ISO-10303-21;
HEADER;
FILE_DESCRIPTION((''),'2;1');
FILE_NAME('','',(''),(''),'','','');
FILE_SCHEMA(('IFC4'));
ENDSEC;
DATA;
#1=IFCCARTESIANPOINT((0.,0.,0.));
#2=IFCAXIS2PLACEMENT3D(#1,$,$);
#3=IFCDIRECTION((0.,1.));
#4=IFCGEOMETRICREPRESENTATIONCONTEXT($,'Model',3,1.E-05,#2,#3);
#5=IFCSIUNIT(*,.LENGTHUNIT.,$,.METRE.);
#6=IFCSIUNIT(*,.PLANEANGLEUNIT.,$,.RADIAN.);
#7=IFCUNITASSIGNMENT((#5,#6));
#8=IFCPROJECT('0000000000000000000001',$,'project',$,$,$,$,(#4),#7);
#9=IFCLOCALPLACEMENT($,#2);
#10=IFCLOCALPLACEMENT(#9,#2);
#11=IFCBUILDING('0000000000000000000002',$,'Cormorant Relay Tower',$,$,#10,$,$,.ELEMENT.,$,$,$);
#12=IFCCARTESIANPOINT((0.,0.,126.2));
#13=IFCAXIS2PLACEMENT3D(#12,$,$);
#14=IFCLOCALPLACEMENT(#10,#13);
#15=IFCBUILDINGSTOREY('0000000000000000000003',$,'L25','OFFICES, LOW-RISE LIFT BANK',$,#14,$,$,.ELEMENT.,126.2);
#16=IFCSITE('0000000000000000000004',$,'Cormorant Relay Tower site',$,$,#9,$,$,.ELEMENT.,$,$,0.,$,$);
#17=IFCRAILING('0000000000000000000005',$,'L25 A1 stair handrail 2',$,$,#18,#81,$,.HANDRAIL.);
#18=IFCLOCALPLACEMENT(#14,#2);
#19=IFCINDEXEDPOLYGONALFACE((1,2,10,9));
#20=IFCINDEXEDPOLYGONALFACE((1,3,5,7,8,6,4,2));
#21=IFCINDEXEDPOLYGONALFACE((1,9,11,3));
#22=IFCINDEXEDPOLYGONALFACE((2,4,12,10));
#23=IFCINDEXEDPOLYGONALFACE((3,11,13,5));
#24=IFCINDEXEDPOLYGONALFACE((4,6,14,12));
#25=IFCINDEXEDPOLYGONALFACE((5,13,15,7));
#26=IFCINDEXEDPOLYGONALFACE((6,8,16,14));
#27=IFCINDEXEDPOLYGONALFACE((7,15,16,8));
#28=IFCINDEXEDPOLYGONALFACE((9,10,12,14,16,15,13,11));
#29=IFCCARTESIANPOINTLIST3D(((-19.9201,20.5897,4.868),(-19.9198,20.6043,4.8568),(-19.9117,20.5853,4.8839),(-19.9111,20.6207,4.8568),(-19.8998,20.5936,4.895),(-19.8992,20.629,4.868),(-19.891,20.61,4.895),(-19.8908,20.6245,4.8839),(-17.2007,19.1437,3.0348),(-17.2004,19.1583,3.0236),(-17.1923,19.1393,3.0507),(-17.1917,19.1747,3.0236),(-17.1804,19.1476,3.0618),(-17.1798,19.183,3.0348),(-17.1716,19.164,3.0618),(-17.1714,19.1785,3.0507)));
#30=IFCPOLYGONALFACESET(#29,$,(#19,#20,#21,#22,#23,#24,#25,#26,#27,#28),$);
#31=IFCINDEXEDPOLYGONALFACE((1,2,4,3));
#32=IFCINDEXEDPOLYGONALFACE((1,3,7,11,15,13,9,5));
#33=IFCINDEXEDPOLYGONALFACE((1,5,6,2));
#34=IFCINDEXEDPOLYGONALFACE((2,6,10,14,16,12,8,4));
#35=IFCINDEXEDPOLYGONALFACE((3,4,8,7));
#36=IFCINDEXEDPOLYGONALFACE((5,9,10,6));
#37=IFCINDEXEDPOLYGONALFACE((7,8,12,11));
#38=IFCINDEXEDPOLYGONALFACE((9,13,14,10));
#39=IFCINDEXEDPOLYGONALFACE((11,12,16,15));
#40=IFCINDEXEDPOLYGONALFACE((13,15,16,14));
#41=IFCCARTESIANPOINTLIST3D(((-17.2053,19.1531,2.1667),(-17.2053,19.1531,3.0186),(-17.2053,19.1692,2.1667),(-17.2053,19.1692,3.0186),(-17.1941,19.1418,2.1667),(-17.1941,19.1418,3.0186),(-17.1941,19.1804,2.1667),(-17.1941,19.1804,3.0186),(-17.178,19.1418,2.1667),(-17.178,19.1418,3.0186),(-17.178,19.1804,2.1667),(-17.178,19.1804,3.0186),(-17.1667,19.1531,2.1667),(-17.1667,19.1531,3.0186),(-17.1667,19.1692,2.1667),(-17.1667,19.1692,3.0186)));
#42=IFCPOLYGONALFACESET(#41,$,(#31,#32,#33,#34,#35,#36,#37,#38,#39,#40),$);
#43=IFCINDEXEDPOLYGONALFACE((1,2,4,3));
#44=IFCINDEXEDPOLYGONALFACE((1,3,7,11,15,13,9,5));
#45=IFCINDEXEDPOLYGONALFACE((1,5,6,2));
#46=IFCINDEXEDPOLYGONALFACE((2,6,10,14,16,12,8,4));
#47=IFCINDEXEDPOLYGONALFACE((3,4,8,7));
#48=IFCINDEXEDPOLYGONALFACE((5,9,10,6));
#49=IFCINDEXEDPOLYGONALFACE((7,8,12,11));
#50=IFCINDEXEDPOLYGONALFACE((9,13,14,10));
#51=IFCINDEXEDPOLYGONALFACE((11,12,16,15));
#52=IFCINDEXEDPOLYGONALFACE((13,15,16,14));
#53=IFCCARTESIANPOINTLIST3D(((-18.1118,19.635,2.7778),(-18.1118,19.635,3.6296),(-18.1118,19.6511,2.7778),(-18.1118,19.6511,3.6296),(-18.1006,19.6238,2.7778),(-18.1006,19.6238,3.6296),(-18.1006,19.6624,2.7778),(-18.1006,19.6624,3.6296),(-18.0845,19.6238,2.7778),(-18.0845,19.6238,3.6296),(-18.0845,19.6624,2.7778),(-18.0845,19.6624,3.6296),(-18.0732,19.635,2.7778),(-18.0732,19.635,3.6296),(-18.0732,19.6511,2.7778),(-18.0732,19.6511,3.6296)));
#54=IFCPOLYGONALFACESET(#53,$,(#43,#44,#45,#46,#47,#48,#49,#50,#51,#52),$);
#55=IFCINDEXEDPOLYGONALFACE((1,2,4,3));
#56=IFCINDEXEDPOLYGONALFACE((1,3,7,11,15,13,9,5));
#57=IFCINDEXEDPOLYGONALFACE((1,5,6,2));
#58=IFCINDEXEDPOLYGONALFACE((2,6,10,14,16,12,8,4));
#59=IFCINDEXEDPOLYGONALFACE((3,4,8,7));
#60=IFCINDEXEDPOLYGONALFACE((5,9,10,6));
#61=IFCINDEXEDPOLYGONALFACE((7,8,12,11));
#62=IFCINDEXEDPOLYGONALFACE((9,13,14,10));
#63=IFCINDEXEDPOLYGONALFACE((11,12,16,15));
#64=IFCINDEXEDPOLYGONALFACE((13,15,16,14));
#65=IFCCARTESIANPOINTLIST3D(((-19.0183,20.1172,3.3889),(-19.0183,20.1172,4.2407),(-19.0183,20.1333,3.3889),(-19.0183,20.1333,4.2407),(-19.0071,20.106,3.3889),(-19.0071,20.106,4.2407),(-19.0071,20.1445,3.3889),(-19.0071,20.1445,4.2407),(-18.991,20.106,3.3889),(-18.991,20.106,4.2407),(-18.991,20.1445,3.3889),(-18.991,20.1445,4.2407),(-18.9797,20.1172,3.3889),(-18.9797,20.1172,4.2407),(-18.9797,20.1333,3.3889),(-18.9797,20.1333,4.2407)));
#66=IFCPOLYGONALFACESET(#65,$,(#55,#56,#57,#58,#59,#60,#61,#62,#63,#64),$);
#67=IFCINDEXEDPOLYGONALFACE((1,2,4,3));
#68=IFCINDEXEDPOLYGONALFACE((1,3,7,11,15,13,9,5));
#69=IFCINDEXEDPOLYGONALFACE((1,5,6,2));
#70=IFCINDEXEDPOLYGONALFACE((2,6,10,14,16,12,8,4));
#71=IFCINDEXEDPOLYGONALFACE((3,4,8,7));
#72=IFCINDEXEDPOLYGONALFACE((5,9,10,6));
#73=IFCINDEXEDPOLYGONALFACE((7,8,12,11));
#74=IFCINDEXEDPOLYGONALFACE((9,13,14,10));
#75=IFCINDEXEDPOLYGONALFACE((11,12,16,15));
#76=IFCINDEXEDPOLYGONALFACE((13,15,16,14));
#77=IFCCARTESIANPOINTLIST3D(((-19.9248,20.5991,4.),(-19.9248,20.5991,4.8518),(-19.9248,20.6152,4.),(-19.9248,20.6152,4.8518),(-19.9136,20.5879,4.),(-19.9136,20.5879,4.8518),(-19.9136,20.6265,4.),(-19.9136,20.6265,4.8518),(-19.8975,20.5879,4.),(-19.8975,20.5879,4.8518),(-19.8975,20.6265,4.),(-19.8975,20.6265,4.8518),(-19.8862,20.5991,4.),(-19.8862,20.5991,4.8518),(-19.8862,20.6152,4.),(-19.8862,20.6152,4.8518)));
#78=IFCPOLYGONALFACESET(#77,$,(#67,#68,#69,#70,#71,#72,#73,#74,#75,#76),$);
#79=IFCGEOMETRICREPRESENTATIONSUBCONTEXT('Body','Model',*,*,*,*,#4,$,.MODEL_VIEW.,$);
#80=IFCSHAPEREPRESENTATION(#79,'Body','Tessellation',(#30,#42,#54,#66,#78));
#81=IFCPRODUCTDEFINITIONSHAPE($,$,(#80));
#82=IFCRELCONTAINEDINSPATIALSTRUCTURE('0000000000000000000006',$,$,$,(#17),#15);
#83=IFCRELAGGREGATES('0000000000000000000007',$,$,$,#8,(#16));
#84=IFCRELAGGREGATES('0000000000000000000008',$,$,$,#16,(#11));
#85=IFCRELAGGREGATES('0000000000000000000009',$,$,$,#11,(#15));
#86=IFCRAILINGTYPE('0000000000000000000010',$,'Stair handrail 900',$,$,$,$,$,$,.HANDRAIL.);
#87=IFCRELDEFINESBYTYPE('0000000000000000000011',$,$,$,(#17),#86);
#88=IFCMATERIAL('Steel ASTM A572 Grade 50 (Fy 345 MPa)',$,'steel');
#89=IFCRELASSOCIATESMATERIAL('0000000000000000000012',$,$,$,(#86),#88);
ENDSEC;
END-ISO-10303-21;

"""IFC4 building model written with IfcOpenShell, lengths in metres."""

from ifc_helpers import new_model, si_unit, direction, frame, origin, place, context, subcontext, project, spatial, polyline, outline, extrude, material, type_object, element, save


model = new_model("IFC4")

# Units and contexts
model_context = context("Model", 3, precision=1e-05, world=origin(), true_north=direction((0.0, 1.0)))
body_context = subcontext(model_context, "Body", "Model", "MODEL_VIEW")
ifc_project = project(units=[si_unit("LENGTHUNIT", "METRE"), si_unit("PLANEANGLEUNIT", "RADIAN")], contexts=[model_context])

# Site, building, storey
site_placement = place(None, origin())
site = spatial("IfcSite", under=ifc_project, at=site_placement, Name="Cormorant Relay Tower site", CompositionType="ELEMENT", RefElevation=0.0)
building_placement = place(site_placement, origin())
building = spatial("IfcBuilding", under=site, at=building_placement, Name="Cormorant Relay Tower", CompositionType="ELEMENT")
storey_placement = place(building_placement, frame((0.0, 0.0, 126.2)))
storey = spatial("IfcBuildingStorey", under=building, at=storey_placement, Name="L25", Description="OFFICES, LOW-RISE LIFT BANK", CompositionType="ELEMENT", Elevation=126.2)

# Railing
ifc_material_1 = material(Name="Steel ASTM A572 Grade 50 (Fy 345 MPa)", Category="steel")
railing_type_1 = type_object("IfcRailingType", Name="Stair handrail 900", PredefinedType="HANDRAIL", material=ifc_material_1)
railing_1_placement = place(storey_placement, frame((-17.186, 19.1611, 2.1667)))
element("IfcRailing", 1, at=railing_1_placement, inside=storey, type_object=railing_type_1, Name="L25 A1 stair handrail 2", PredefinedType="HANDRAIL", context=body_context, shape_type="SweptSolid", body=[
    extrude(outline(polyline([(0.0222, 0.0093), (0.0093, 0.0222), (-0.0093, 0.0222), (-0.0222, 0.0093), (-0.0222, -0.0093), (-0.0093, -0.0222), (0.0093, -0.0222), (0.0222, -0.0093), (0.0222, 0.0093)])), frame((0.0, 0.0, 0.876), z_axis=(-0.758714, 0.403435, 0.511463), x_axis=(-0.469489, -0.882938, 0.0)), (0.0, 0.0, 1.0), 3.5842),
    extrude(outline(polyline([(0.0193, 0.0081), (0.0081, 0.0193), (-0.0081, 0.0193), (-0.0193, 0.0081), (-0.0193, -0.0081), (-0.0081, -0.0193), (0.0081, -0.0193), (0.0193, -0.0081), (0.0193, 0.0081)])), origin(), (0.0, 0.0, 1.0), 0.8518),
    extrude(outline(polyline([(0.0193, 0.0081), (0.0081, 0.0193), (-0.0081, 0.0193), (-0.0193, 0.0081), (-0.0193, -0.0081), (-0.0081, -0.0193), (0.0081, -0.0193), (0.0193, -0.0081), (0.0193, 0.0081)])), frame((-0.9065, 0.4819, 0.6111)), (0.0, 0.0, 1.0), 0.8518),
    extrude(outline(polyline([(0.0193, 0.0081), (0.0081, 0.0193), (-0.0081, 0.0193), (-0.0193, 0.0081), (-0.0193, -0.0081), (-0.0081, -0.0193), (0.0081, -0.0193), (0.0193, -0.0081), (0.0193, 0.0081)])), frame((-1.813, 0.9641, 1.2222)), (0.0, 0.0, 1.0), 0.8518),
    extrude(outline(polyline([(0.0193, 0.0081), (0.0081, 0.0193), (-0.0081, 0.0193), (-0.0193, 0.0081), (-0.0193, -0.0081), (-0.0081, -0.0193), (0.0081, -0.0193), (0.0193, -0.0081), (0.0193, 0.0081)])), frame((-2.7195, 1.446, 1.8333)), (0.0, 0.0, 1.0), 0.8518),
])

save(model, "model.ifc")
